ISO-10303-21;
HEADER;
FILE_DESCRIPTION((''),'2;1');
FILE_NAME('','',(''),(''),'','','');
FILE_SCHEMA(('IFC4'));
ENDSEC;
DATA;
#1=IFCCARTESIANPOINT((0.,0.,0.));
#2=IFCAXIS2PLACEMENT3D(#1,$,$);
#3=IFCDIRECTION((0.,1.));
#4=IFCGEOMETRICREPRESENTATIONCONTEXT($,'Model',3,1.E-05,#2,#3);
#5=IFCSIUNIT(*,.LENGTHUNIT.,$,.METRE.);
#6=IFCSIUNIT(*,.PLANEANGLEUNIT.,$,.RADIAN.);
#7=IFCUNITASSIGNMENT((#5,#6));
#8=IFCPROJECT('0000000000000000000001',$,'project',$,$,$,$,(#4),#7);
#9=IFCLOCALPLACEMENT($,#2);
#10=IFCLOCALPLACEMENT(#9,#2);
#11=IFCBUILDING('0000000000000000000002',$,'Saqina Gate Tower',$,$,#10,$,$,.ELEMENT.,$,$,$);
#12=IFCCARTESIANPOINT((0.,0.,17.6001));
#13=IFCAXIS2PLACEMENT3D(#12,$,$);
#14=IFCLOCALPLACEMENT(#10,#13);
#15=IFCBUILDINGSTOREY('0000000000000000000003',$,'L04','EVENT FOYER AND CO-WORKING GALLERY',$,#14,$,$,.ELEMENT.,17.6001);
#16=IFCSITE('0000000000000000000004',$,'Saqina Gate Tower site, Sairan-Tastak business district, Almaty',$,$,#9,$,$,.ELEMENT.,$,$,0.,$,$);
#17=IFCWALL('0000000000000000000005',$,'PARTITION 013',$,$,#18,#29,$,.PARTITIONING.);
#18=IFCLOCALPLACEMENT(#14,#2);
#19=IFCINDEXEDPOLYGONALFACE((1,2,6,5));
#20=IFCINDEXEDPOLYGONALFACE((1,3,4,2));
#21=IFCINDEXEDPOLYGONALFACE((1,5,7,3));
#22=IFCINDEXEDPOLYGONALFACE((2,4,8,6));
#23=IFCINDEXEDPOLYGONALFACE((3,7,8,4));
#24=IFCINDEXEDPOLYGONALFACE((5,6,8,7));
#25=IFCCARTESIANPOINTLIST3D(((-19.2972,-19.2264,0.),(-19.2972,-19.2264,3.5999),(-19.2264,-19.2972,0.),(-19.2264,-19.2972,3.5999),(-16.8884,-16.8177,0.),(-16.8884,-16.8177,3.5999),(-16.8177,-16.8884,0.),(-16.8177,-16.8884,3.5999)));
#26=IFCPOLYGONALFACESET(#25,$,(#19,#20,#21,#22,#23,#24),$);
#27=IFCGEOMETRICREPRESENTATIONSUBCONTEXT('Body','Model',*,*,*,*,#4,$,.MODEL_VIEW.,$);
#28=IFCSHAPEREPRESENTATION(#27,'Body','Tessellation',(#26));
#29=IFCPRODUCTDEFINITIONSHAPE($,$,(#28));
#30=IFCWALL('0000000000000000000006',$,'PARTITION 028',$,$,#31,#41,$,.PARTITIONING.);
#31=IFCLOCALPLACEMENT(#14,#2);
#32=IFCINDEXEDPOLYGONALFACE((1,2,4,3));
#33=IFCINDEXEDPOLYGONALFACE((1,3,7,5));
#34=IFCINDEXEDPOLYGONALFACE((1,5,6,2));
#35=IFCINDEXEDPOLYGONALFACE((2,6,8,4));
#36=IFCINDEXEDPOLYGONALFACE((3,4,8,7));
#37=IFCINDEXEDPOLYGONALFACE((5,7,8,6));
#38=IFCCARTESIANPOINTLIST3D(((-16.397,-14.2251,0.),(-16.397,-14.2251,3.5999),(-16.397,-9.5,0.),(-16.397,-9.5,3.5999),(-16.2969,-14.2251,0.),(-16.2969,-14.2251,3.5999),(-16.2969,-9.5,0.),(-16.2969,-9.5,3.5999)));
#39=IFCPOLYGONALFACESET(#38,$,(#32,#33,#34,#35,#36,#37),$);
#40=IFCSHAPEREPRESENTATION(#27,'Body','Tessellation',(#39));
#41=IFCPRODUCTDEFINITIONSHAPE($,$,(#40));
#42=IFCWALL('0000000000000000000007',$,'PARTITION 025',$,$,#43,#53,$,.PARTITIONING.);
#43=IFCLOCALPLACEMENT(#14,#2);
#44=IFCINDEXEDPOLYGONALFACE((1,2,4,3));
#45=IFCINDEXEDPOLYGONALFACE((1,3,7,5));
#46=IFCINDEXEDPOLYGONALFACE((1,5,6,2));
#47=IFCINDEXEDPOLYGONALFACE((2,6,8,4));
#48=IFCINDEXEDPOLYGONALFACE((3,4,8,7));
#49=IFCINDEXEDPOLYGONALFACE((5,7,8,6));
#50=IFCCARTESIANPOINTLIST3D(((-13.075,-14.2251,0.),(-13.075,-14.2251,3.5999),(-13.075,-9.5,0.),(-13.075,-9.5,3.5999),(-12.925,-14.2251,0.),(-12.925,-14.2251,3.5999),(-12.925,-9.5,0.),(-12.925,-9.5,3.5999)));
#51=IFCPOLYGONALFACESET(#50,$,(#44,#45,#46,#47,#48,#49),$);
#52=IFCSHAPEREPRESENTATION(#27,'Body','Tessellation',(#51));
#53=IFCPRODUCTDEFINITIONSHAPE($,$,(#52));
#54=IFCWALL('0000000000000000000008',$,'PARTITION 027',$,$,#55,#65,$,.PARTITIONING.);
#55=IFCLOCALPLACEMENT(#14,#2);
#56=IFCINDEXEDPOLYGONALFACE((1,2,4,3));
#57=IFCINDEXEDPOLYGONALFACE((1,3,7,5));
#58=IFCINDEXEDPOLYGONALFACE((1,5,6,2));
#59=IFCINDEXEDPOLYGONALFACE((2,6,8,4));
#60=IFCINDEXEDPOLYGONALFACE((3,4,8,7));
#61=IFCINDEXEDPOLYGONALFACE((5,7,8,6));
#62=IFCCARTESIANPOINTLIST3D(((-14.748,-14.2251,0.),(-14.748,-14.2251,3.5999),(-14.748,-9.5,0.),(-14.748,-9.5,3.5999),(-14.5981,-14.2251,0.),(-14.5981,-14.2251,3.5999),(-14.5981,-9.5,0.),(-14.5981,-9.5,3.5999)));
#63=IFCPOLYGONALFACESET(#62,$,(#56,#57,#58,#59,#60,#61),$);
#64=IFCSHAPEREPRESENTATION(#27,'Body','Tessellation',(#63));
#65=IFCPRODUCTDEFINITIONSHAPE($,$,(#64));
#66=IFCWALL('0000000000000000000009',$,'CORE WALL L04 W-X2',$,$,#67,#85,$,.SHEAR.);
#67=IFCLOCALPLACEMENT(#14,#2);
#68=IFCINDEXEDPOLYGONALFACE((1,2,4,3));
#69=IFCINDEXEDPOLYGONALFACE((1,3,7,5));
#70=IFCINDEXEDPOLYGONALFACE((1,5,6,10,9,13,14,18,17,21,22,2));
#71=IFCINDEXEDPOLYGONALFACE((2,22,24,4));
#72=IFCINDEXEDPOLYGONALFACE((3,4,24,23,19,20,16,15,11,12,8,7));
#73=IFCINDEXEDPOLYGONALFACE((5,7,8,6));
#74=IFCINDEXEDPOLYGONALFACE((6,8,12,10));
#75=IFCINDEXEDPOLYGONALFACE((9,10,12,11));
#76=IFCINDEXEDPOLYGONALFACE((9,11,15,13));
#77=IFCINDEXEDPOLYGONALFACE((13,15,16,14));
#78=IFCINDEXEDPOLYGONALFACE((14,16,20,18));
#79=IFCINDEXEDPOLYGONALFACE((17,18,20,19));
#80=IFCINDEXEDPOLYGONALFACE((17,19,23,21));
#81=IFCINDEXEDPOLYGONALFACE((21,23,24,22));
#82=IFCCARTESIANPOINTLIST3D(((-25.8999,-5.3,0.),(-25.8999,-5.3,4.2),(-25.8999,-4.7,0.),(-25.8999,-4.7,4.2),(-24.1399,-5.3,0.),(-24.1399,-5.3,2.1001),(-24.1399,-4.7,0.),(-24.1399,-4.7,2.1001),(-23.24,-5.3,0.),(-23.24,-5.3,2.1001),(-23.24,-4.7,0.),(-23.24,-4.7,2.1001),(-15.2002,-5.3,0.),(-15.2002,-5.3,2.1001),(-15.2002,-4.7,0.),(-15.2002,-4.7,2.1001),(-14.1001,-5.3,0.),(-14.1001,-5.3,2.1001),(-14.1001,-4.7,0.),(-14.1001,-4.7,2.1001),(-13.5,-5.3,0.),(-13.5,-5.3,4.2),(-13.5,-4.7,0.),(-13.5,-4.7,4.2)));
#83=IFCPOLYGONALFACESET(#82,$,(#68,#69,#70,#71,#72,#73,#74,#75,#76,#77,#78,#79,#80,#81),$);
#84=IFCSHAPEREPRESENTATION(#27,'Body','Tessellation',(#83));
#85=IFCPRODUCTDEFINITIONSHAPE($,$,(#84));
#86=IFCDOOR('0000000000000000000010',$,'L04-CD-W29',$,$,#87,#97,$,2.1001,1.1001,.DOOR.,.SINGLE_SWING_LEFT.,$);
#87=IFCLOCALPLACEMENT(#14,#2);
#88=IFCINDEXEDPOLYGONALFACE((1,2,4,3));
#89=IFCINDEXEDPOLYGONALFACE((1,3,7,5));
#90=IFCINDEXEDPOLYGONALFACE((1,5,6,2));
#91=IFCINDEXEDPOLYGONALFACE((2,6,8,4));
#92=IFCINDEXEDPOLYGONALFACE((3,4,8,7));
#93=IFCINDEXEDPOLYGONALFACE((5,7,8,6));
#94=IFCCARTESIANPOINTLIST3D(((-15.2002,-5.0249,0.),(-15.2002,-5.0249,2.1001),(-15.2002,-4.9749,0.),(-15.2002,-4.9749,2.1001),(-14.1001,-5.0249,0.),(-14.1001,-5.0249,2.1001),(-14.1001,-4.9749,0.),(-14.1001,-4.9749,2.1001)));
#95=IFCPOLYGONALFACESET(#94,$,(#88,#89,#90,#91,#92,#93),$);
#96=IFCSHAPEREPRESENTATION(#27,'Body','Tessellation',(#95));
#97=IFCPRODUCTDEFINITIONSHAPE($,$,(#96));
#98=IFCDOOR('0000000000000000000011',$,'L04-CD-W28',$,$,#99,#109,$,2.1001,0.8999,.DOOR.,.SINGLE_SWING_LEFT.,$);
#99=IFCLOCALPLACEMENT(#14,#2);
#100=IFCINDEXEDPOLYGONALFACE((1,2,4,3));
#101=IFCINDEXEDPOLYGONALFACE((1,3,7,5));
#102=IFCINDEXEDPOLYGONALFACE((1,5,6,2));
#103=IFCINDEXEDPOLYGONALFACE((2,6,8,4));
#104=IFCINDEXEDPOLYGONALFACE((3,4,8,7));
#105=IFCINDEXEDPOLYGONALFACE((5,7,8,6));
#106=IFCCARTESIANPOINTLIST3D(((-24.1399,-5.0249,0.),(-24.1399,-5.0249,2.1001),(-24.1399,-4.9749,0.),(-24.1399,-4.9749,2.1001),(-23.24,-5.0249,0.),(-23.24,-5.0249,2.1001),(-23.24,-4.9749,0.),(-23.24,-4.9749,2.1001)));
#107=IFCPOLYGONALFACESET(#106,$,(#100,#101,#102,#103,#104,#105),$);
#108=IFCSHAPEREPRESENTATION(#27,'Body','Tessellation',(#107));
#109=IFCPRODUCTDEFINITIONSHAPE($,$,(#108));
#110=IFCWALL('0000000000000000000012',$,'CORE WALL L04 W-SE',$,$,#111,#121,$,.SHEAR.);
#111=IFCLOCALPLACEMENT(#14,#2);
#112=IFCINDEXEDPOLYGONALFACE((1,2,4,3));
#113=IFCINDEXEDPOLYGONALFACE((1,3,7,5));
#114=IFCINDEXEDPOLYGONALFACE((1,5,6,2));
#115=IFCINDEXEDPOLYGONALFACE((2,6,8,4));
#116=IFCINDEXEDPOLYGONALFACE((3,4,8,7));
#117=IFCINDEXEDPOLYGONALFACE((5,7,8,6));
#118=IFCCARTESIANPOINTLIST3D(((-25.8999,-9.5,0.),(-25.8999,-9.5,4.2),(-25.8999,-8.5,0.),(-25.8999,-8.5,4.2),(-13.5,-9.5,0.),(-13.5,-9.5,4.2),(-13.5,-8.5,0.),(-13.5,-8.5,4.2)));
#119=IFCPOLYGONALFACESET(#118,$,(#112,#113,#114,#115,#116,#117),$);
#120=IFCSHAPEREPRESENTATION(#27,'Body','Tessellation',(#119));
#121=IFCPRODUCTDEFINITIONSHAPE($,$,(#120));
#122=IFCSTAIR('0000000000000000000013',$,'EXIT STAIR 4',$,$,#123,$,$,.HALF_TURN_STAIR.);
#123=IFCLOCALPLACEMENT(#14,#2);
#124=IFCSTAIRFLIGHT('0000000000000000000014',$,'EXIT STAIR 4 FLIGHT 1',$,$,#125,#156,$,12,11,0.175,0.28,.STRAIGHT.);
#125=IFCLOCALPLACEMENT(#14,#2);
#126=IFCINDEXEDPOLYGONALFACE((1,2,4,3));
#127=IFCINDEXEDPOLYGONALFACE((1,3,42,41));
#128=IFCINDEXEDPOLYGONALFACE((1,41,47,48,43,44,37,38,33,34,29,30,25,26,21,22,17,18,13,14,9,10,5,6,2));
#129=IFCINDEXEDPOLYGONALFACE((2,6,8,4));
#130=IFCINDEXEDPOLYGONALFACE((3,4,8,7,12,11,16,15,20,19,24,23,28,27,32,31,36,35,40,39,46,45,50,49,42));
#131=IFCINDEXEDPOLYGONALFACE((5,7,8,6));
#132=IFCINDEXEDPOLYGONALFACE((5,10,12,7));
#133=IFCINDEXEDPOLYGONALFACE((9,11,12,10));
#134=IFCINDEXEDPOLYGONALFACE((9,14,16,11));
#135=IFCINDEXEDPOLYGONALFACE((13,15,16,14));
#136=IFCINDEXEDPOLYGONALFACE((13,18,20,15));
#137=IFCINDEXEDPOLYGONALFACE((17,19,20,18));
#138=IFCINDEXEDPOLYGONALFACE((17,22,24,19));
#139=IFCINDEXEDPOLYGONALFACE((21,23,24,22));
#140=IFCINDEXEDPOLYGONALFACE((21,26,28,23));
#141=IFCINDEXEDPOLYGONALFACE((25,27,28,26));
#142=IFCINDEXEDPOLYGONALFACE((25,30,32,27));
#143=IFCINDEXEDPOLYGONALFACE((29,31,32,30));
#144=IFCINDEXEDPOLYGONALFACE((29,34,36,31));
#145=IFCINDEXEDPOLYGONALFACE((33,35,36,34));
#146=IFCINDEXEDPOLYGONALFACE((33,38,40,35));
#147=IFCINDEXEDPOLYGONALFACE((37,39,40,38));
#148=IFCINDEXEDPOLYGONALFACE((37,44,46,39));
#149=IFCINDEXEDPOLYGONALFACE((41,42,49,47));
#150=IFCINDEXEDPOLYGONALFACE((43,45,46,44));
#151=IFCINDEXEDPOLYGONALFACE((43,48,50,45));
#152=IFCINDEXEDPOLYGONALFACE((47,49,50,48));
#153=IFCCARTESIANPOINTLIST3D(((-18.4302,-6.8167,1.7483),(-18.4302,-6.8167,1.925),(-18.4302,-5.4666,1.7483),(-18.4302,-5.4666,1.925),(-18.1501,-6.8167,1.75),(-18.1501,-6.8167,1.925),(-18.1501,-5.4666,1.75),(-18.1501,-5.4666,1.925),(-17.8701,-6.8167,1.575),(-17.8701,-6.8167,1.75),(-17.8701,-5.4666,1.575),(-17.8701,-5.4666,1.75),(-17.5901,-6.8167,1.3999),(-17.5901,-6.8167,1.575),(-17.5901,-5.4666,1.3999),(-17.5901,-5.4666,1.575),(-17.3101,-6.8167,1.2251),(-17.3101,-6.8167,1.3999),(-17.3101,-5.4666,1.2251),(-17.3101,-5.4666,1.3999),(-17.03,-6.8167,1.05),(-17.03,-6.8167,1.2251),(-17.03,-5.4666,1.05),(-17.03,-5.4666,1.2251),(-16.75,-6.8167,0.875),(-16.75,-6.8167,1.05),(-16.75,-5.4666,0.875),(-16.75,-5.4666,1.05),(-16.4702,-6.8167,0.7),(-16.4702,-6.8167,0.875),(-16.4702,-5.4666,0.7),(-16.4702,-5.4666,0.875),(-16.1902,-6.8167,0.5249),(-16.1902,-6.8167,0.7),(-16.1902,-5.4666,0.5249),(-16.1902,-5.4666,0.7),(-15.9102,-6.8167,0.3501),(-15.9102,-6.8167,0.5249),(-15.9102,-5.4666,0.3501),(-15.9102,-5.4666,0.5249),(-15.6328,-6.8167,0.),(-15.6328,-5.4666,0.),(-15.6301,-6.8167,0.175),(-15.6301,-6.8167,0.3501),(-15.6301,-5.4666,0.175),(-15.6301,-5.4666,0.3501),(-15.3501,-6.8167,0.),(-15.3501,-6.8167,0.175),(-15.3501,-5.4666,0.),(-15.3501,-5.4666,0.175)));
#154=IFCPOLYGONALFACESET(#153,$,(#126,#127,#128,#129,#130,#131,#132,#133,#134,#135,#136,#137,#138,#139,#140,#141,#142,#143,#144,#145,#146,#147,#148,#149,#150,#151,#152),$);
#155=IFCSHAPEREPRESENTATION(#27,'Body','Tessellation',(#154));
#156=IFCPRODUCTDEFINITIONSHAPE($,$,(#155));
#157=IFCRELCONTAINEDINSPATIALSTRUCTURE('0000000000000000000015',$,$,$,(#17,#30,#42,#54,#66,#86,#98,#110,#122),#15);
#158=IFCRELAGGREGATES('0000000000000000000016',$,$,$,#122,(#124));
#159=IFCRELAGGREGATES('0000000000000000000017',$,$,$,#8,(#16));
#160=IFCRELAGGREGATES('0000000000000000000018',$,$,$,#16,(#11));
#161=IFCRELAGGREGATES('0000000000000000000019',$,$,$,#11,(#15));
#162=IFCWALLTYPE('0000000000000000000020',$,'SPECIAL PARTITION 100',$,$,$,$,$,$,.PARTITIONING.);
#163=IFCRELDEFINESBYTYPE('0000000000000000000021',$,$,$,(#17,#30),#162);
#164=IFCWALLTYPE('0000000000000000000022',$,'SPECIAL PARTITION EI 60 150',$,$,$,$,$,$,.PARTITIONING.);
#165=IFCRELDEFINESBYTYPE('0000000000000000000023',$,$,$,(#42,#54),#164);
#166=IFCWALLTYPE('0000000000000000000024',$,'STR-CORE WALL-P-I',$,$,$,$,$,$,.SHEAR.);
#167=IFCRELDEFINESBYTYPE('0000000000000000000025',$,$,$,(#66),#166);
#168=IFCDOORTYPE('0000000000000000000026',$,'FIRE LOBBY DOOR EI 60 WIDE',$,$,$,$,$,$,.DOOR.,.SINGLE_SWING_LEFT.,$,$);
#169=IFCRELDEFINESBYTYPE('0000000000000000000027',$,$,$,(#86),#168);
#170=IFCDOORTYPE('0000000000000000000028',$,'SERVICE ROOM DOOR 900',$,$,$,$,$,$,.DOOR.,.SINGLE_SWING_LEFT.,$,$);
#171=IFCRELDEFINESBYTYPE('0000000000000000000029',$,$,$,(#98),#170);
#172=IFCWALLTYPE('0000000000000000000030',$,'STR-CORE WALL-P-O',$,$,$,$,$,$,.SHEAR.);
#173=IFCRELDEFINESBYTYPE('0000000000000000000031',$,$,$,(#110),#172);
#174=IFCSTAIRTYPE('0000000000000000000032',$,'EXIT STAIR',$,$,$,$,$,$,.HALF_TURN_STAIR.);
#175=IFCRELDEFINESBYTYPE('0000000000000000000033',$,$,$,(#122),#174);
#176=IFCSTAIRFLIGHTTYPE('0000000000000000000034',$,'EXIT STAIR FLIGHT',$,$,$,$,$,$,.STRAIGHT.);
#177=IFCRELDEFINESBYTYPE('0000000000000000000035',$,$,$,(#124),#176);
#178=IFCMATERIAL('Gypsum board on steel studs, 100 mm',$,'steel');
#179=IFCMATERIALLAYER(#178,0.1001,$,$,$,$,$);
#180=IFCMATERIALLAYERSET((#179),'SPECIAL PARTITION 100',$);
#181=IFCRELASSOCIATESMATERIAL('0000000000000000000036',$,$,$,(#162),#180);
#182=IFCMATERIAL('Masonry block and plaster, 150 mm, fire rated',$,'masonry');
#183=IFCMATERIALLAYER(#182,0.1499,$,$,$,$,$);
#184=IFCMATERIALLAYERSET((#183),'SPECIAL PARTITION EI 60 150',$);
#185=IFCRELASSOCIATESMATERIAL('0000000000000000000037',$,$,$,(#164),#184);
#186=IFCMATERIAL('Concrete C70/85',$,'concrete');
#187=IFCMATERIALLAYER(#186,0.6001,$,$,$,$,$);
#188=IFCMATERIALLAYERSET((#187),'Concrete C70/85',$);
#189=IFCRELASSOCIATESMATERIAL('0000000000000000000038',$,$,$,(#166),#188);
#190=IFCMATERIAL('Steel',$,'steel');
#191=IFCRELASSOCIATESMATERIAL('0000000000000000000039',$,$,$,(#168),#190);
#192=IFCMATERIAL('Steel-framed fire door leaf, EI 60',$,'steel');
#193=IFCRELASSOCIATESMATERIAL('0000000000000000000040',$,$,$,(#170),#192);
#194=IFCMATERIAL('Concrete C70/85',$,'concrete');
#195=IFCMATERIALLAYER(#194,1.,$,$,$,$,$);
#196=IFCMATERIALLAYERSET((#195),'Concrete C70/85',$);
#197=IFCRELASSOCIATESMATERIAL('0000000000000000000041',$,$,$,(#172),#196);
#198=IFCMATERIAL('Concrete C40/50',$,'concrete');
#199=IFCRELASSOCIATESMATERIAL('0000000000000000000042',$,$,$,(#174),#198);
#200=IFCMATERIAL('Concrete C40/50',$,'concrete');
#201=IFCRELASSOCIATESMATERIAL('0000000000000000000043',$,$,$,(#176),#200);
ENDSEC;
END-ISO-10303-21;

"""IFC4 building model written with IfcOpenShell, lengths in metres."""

from ifc_helpers import new_model, si_unit, direction, frame, frame_2d, origin, place, context, subcontext, project, spatial, polyline, rectangle, outline, extrude, material, layer, layer_set, type_object, element, fill, aggregate, save


model = new_model("IFC4")

# Units and contexts
model_context = context("Model", 3, precision=1e-05, world=origin(), true_north=direction((0.0, 1.0)))
body_context = subcontext(model_context, "Body", "Model", "MODEL_VIEW")
ifc_project = project(units=[si_unit("LENGTHUNIT", "METRE"), si_unit("PLANEANGLEUNIT", "RADIAN")], contexts=[model_context])

# Site, building, storey
site_placement = place(None, origin())
site = spatial("IfcSite", under=ifc_project, at=site_placement, Name="Saqina Gate Tower site, Sairan-Tastak business district, Almaty", CompositionType="ELEMENT", RefElevation=0.0)
building_placement = place(site_placement, origin())
building = spatial("IfcBuilding", under=site, at=building_placement, Name="Saqina Gate Tower", CompositionType="ELEMENT")
storey_placement = place(building_placement, frame((0.0, 0.0, 17.6001)))
storey = spatial("IfcBuildingStorey", under=building, at=storey_placement, Name="L04", Description="EVENT FOYER AND CO-WORKING GALLERY", CompositionType="ELEMENT", Elevation=17.6001)

# Walls
ifc_material_1 = material(Name="Gypsum board on steel studs, 100 mm", Category="steel")
ifc_layer_1 = layer(ifc_material_1, 0.1001)
ifc_layer_set_1 = layer_set([ifc_layer_1], Name="SPECIAL PARTITION 100")
wall_type_1 = type_object("IfcWallType", Name="SPECIAL PARTITION 100", PredefinedType="PARTITIONING", material=ifc_layer_set_1)
wall_1_placement = place(storey_placement, frame((-19.2617, -19.2617, 0.0), z_axis=(0.0, 0.0, 1.0), x_axis=(0.707107, 0.707107, 0.0)))
element("IfcWall", 1, at=wall_1_placement, inside=storey, type_object=wall_type_1, Name="PARTITION 013", PredefinedType="PARTITIONING", context=body_context, shape_type="SweptSolid", body=[
    extrude(rectangle(XDim=3.4065, YDim=0.1001, at=frame_2d((1.7031, 0.0))), origin(), (0.0, 0.0, 1.0), 3.5999),
])
wall_2_placement = place(storey_placement, frame((-16.3469, -14.2251, 0.0), z_axis=(0.0, 0.0, 1.0), x_axis=(0.0, 1.0, 0.0)))
element("IfcWall", 2, at=wall_2_placement, inside=storey, type_object=wall_type_1, Name="PARTITION 028", PredefinedType="PARTITIONING", context=body_context, shape_type="SweptSolid", body=[
    extrude(rectangle(XDim=4.7251, YDim=0.1001, at=frame_2d((2.3625, 0.0))), origin(), (0.0, 0.0, 1.0), 3.5999),
])
ifc_material_2 = material(Name="Masonry block and plaster, 150 mm, fire rated", Category="masonry")
ifc_layer_2 = layer(ifc_material_2, 0.1499)
ifc_layer_set_2 = layer_set([ifc_layer_2], Name="SPECIAL PARTITION EI 60 150")
wall_type_2 = type_object("IfcWallType", Name="SPECIAL PARTITION EI 60 150", PredefinedType="PARTITIONING", material=ifc_layer_set_2)
for number, where, z_axis, x_axis, name in (
    (3, (-13.0, -14.2251, 0.0), (0.0, 0.0, 1.0), (0.0, 1.0, 0.0), "PARTITION 025"),
    (4, (-14.6731, -14.2251, 0.0), (0.0, 0.0, 1.0), (0.0, 1.0, 0.0), "PARTITION 027"),
):
    element("IfcWall", number, at=place(storey_placement, frame(where, z_axis=z_axis, x_axis=x_axis)), inside=storey, type_object=wall_type_2, Name=name, PredefinedType="PARTITIONING", context=body_context, shape_type="SweptSolid", body=[
        extrude(rectangle(XDim=4.7251, YDim=0.1499, at=frame_2d((2.3625, 0.0))), origin(), (0.0, 0.0, 1.0), 3.5999),
    ])

# Wall, openings, doors
ifc_material_3 = material(Name="Concrete C70/85", Category="concrete")
ifc_layer_3 = layer(ifc_material_3, 0.6001)
ifc_layer_set_3 = layer_set([ifc_layer_3], Name="Concrete C70/85")
wall_type_3 = type_object("IfcWallType", Name="STR-CORE WALL-P-I", PredefinedType="SHEAR", material=ifc_layer_set_3)
wall_3_placement = place(storey_placement, frame((-13.5, -5.0, 0.0), z_axis=(0.0, 0.0, 1.0), x_axis=(-1.0, 0.0, 0.0)))
wall_3 = element("IfcWall", 5, at=wall_3_placement, inside=storey, type_object=wall_type_3, Name="CORE WALL L04 W-X2", PredefinedType="SHEAR", context=body_context, shape_type="SweptSolid", body=[
    extrude(rectangle(XDim=12.3999, YDim=0.6001, at=frame_2d((6.2, 0.0))), origin(), (0.0, 0.0, 1.0), 4.2),
])
opening_1_placement = place(wall_3_placement, frame((9.74, 0.0, 0.0)))
opening_1 = element("IfcOpeningElement", 6, at=opening_1_placement, cuts=wall_3, PredefinedType="OPENING", context=body_context, shape_type="SweptSolid", body=[
    extrude(rectangle(XDim=0.8999, YDim=2.1001, at=frame_2d((0.45, 1.05))), frame((0.0, 0.312, 0.0), z_axis=(0.0, -1.0, 0.0), x_axis=(1.0, 0.0, 0.0)), (0.0, 0.0, 1.0), 0.624),
])
opening_2_placement = place(wall_3_placement, frame((0.6001, 0.0, 0.0)))
opening_2 = element("IfcOpeningElement", 7, at=opening_2_placement, cuts=wall_3, PredefinedType="OPENING", context=body_context, shape_type="SweptSolid", body=[
    extrude(rectangle(XDim=1.1001, YDim=2.1001, at=frame_2d((0.55, 1.05))), frame((0.0, 0.312, 0.0), z_axis=(0.0, -1.0, 0.0), x_axis=(1.0, 0.0, 0.0)), (0.0, 0.0, 1.0), 0.624),
])
ifc_material_4 = material(Name="Steel", Category="steel")
door_type_1 = type_object("IfcDoorType", Name="FIRE LOBBY DOOR EI 60 WIDE", OperationType="SINGLE_SWING_LEFT", PredefinedType="DOOR", material=ifc_material_4)
door_1_placement = place(opening_2_placement, origin())
door_1 = element("IfcDoor", 8, at=door_1_placement, inside=storey, type_object=door_type_1, Name="L04-CD-W29", OperationType="SINGLE_SWING_LEFT", OverallHeight=2.1001, OverallWidth=1.1001, PredefinedType="DOOR", context=body_context, shape_type="SweptSolid", body=[
    extrude(rectangle(XDim=1.1001, YDim=2.1001, at=frame_2d((0.55, 1.05))), frame((0.0, 0.0249, 0.0), z_axis=(0.0, -1.0, 0.0), x_axis=(1.0, 0.0, 0.0)), (0.0, 0.0, 1.0), 0.05),
])
fill(opening_2, door_1)
ifc_material_5 = material(Name="Steel-framed fire door leaf, EI 60", Category="steel")
door_type_2 = type_object("IfcDoorType", Name="SERVICE ROOM DOOR 900", OperationType="SINGLE_SWING_LEFT", PredefinedType="DOOR", material=ifc_material_5)
door_2_placement = place(opening_1_placement, origin())
door_2 = element("IfcDoor", 9, at=door_2_placement, inside=storey, type_object=door_type_2, Name="L04-CD-W28", OperationType="SINGLE_SWING_LEFT", OverallHeight=2.1001, OverallWidth=0.8999, PredefinedType="DOOR", context=body_context, shape_type="SweptSolid", body=[
    extrude(rectangle(XDim=0.8999, YDim=2.1001, at=frame_2d((0.45, 1.05))), frame((0.0, 0.0249, 0.0), z_axis=(0.0, -1.0, 0.0), x_axis=(1.0, 0.0, 0.0)), (0.0, 0.0, 1.0), 0.05),
])
fill(opening_1, door_2)
ifc_material_6 = material(Name="Concrete C70/85", Category="concrete")
ifc_layer_4 = layer(ifc_material_6, 1.0)
ifc_layer_set_4 = layer_set([ifc_layer_4], Name="Concrete C70/85")
wall_type_4 = type_object("IfcWallType", Name="STR-CORE WALL-P-O", PredefinedType="SHEAR", material=ifc_layer_set_4)

# Wall
wall_4_placement = place(storey_placement, frame((-13.5, -9.0, 0.0), z_axis=(0.0, 0.0, 1.0), x_axis=(-1.0, 0.0, 0.0)))
element("IfcWall", 10, at=wall_4_placement, inside=storey, type_object=wall_type_4, Name="CORE WALL L04 W-SE", PredefinedType="SHEAR", context=body_context, shape_type="SweptSolid", body=[
    extrude(rectangle(XDim=12.3999, YDim=1.0, at=frame_2d((6.2, 0.0))), origin(), (0.0, 0.0, 1.0), 4.2),
])

# Stair, stair flight
ifc_material_7 = material(Name="Concrete C40/50", Category="concrete")
stair_type = type_object("IfcStairType", Name="EXIT STAIR", PredefinedType="HALF_TURN_STAIR", material=ifc_material_7)
stair_placement = place(storey_placement, origin())
stair = element("IfcStair", 11, at=stair_placement, inside=storey, type_object=stair_type, Name="EXIT STAIR 4", PredefinedType="HALF_TURN_STAIR")
ifc_material_8 = material(Name="Concrete C40/50", Category="concrete")
stair_flight_type = type_object("IfcStairFlightType", Name="EXIT STAIR FLIGHT", PredefinedType="STRAIGHT", material=ifc_material_8)
stair_flight_1_placement = place(storey_placement, frame((-15.3501, -6.1416, 0.0), z_axis=(0.0, 0.0, 1.0), x_axis=(-1.0, 0.0, 0.0)))
stair_flight_1 = element("IfcStairFlight", 12, at=stair_flight_1_placement, type_object=stair_flight_type, Name="EXIT STAIR 4 FLIGHT 1", NumberOfRisers=12, NumberOfTreads=11, PredefinedType="STRAIGHT", RiserHeight=0.175, TreadLength=0.28, context=body_context, shape_type="SweptSolid", body=[
    extrude(outline(polyline([(0.0, 0.0), (0.0, 0.175), (0.28, 0.175), (0.28, 0.3501), (0.5601, 0.3501), (0.5601, 0.5249), (0.8401, 0.5249), (0.8401, 0.7), (1.1201, 0.7), (1.1201, 0.875), (1.3999, 0.875), (1.3999, 1.05), (1.6799, 1.05), (1.6799, 1.2251), (1.96, 1.2251), (1.96, 1.3999), (2.24, 1.3999), (2.24, 1.575), (2.52, 1.575), (2.52, 1.75), (2.8, 1.75), (2.8, 1.925), (3.0801, 1.925), (3.0801, 2.1001), (3.0801, 1.7483), (0.2827, 0.0), (0.0, 0.0)])), frame((0.0, 0.675, 0.0), z_axis=(0.0, -1.0, 0.0), x_axis=(1.0, 0.0, 0.0)), (0.0, 0.0, 1.0), 1.3501),
])
aggregate(stair, [stair_flight_1])

save(model, "model.ifc")
